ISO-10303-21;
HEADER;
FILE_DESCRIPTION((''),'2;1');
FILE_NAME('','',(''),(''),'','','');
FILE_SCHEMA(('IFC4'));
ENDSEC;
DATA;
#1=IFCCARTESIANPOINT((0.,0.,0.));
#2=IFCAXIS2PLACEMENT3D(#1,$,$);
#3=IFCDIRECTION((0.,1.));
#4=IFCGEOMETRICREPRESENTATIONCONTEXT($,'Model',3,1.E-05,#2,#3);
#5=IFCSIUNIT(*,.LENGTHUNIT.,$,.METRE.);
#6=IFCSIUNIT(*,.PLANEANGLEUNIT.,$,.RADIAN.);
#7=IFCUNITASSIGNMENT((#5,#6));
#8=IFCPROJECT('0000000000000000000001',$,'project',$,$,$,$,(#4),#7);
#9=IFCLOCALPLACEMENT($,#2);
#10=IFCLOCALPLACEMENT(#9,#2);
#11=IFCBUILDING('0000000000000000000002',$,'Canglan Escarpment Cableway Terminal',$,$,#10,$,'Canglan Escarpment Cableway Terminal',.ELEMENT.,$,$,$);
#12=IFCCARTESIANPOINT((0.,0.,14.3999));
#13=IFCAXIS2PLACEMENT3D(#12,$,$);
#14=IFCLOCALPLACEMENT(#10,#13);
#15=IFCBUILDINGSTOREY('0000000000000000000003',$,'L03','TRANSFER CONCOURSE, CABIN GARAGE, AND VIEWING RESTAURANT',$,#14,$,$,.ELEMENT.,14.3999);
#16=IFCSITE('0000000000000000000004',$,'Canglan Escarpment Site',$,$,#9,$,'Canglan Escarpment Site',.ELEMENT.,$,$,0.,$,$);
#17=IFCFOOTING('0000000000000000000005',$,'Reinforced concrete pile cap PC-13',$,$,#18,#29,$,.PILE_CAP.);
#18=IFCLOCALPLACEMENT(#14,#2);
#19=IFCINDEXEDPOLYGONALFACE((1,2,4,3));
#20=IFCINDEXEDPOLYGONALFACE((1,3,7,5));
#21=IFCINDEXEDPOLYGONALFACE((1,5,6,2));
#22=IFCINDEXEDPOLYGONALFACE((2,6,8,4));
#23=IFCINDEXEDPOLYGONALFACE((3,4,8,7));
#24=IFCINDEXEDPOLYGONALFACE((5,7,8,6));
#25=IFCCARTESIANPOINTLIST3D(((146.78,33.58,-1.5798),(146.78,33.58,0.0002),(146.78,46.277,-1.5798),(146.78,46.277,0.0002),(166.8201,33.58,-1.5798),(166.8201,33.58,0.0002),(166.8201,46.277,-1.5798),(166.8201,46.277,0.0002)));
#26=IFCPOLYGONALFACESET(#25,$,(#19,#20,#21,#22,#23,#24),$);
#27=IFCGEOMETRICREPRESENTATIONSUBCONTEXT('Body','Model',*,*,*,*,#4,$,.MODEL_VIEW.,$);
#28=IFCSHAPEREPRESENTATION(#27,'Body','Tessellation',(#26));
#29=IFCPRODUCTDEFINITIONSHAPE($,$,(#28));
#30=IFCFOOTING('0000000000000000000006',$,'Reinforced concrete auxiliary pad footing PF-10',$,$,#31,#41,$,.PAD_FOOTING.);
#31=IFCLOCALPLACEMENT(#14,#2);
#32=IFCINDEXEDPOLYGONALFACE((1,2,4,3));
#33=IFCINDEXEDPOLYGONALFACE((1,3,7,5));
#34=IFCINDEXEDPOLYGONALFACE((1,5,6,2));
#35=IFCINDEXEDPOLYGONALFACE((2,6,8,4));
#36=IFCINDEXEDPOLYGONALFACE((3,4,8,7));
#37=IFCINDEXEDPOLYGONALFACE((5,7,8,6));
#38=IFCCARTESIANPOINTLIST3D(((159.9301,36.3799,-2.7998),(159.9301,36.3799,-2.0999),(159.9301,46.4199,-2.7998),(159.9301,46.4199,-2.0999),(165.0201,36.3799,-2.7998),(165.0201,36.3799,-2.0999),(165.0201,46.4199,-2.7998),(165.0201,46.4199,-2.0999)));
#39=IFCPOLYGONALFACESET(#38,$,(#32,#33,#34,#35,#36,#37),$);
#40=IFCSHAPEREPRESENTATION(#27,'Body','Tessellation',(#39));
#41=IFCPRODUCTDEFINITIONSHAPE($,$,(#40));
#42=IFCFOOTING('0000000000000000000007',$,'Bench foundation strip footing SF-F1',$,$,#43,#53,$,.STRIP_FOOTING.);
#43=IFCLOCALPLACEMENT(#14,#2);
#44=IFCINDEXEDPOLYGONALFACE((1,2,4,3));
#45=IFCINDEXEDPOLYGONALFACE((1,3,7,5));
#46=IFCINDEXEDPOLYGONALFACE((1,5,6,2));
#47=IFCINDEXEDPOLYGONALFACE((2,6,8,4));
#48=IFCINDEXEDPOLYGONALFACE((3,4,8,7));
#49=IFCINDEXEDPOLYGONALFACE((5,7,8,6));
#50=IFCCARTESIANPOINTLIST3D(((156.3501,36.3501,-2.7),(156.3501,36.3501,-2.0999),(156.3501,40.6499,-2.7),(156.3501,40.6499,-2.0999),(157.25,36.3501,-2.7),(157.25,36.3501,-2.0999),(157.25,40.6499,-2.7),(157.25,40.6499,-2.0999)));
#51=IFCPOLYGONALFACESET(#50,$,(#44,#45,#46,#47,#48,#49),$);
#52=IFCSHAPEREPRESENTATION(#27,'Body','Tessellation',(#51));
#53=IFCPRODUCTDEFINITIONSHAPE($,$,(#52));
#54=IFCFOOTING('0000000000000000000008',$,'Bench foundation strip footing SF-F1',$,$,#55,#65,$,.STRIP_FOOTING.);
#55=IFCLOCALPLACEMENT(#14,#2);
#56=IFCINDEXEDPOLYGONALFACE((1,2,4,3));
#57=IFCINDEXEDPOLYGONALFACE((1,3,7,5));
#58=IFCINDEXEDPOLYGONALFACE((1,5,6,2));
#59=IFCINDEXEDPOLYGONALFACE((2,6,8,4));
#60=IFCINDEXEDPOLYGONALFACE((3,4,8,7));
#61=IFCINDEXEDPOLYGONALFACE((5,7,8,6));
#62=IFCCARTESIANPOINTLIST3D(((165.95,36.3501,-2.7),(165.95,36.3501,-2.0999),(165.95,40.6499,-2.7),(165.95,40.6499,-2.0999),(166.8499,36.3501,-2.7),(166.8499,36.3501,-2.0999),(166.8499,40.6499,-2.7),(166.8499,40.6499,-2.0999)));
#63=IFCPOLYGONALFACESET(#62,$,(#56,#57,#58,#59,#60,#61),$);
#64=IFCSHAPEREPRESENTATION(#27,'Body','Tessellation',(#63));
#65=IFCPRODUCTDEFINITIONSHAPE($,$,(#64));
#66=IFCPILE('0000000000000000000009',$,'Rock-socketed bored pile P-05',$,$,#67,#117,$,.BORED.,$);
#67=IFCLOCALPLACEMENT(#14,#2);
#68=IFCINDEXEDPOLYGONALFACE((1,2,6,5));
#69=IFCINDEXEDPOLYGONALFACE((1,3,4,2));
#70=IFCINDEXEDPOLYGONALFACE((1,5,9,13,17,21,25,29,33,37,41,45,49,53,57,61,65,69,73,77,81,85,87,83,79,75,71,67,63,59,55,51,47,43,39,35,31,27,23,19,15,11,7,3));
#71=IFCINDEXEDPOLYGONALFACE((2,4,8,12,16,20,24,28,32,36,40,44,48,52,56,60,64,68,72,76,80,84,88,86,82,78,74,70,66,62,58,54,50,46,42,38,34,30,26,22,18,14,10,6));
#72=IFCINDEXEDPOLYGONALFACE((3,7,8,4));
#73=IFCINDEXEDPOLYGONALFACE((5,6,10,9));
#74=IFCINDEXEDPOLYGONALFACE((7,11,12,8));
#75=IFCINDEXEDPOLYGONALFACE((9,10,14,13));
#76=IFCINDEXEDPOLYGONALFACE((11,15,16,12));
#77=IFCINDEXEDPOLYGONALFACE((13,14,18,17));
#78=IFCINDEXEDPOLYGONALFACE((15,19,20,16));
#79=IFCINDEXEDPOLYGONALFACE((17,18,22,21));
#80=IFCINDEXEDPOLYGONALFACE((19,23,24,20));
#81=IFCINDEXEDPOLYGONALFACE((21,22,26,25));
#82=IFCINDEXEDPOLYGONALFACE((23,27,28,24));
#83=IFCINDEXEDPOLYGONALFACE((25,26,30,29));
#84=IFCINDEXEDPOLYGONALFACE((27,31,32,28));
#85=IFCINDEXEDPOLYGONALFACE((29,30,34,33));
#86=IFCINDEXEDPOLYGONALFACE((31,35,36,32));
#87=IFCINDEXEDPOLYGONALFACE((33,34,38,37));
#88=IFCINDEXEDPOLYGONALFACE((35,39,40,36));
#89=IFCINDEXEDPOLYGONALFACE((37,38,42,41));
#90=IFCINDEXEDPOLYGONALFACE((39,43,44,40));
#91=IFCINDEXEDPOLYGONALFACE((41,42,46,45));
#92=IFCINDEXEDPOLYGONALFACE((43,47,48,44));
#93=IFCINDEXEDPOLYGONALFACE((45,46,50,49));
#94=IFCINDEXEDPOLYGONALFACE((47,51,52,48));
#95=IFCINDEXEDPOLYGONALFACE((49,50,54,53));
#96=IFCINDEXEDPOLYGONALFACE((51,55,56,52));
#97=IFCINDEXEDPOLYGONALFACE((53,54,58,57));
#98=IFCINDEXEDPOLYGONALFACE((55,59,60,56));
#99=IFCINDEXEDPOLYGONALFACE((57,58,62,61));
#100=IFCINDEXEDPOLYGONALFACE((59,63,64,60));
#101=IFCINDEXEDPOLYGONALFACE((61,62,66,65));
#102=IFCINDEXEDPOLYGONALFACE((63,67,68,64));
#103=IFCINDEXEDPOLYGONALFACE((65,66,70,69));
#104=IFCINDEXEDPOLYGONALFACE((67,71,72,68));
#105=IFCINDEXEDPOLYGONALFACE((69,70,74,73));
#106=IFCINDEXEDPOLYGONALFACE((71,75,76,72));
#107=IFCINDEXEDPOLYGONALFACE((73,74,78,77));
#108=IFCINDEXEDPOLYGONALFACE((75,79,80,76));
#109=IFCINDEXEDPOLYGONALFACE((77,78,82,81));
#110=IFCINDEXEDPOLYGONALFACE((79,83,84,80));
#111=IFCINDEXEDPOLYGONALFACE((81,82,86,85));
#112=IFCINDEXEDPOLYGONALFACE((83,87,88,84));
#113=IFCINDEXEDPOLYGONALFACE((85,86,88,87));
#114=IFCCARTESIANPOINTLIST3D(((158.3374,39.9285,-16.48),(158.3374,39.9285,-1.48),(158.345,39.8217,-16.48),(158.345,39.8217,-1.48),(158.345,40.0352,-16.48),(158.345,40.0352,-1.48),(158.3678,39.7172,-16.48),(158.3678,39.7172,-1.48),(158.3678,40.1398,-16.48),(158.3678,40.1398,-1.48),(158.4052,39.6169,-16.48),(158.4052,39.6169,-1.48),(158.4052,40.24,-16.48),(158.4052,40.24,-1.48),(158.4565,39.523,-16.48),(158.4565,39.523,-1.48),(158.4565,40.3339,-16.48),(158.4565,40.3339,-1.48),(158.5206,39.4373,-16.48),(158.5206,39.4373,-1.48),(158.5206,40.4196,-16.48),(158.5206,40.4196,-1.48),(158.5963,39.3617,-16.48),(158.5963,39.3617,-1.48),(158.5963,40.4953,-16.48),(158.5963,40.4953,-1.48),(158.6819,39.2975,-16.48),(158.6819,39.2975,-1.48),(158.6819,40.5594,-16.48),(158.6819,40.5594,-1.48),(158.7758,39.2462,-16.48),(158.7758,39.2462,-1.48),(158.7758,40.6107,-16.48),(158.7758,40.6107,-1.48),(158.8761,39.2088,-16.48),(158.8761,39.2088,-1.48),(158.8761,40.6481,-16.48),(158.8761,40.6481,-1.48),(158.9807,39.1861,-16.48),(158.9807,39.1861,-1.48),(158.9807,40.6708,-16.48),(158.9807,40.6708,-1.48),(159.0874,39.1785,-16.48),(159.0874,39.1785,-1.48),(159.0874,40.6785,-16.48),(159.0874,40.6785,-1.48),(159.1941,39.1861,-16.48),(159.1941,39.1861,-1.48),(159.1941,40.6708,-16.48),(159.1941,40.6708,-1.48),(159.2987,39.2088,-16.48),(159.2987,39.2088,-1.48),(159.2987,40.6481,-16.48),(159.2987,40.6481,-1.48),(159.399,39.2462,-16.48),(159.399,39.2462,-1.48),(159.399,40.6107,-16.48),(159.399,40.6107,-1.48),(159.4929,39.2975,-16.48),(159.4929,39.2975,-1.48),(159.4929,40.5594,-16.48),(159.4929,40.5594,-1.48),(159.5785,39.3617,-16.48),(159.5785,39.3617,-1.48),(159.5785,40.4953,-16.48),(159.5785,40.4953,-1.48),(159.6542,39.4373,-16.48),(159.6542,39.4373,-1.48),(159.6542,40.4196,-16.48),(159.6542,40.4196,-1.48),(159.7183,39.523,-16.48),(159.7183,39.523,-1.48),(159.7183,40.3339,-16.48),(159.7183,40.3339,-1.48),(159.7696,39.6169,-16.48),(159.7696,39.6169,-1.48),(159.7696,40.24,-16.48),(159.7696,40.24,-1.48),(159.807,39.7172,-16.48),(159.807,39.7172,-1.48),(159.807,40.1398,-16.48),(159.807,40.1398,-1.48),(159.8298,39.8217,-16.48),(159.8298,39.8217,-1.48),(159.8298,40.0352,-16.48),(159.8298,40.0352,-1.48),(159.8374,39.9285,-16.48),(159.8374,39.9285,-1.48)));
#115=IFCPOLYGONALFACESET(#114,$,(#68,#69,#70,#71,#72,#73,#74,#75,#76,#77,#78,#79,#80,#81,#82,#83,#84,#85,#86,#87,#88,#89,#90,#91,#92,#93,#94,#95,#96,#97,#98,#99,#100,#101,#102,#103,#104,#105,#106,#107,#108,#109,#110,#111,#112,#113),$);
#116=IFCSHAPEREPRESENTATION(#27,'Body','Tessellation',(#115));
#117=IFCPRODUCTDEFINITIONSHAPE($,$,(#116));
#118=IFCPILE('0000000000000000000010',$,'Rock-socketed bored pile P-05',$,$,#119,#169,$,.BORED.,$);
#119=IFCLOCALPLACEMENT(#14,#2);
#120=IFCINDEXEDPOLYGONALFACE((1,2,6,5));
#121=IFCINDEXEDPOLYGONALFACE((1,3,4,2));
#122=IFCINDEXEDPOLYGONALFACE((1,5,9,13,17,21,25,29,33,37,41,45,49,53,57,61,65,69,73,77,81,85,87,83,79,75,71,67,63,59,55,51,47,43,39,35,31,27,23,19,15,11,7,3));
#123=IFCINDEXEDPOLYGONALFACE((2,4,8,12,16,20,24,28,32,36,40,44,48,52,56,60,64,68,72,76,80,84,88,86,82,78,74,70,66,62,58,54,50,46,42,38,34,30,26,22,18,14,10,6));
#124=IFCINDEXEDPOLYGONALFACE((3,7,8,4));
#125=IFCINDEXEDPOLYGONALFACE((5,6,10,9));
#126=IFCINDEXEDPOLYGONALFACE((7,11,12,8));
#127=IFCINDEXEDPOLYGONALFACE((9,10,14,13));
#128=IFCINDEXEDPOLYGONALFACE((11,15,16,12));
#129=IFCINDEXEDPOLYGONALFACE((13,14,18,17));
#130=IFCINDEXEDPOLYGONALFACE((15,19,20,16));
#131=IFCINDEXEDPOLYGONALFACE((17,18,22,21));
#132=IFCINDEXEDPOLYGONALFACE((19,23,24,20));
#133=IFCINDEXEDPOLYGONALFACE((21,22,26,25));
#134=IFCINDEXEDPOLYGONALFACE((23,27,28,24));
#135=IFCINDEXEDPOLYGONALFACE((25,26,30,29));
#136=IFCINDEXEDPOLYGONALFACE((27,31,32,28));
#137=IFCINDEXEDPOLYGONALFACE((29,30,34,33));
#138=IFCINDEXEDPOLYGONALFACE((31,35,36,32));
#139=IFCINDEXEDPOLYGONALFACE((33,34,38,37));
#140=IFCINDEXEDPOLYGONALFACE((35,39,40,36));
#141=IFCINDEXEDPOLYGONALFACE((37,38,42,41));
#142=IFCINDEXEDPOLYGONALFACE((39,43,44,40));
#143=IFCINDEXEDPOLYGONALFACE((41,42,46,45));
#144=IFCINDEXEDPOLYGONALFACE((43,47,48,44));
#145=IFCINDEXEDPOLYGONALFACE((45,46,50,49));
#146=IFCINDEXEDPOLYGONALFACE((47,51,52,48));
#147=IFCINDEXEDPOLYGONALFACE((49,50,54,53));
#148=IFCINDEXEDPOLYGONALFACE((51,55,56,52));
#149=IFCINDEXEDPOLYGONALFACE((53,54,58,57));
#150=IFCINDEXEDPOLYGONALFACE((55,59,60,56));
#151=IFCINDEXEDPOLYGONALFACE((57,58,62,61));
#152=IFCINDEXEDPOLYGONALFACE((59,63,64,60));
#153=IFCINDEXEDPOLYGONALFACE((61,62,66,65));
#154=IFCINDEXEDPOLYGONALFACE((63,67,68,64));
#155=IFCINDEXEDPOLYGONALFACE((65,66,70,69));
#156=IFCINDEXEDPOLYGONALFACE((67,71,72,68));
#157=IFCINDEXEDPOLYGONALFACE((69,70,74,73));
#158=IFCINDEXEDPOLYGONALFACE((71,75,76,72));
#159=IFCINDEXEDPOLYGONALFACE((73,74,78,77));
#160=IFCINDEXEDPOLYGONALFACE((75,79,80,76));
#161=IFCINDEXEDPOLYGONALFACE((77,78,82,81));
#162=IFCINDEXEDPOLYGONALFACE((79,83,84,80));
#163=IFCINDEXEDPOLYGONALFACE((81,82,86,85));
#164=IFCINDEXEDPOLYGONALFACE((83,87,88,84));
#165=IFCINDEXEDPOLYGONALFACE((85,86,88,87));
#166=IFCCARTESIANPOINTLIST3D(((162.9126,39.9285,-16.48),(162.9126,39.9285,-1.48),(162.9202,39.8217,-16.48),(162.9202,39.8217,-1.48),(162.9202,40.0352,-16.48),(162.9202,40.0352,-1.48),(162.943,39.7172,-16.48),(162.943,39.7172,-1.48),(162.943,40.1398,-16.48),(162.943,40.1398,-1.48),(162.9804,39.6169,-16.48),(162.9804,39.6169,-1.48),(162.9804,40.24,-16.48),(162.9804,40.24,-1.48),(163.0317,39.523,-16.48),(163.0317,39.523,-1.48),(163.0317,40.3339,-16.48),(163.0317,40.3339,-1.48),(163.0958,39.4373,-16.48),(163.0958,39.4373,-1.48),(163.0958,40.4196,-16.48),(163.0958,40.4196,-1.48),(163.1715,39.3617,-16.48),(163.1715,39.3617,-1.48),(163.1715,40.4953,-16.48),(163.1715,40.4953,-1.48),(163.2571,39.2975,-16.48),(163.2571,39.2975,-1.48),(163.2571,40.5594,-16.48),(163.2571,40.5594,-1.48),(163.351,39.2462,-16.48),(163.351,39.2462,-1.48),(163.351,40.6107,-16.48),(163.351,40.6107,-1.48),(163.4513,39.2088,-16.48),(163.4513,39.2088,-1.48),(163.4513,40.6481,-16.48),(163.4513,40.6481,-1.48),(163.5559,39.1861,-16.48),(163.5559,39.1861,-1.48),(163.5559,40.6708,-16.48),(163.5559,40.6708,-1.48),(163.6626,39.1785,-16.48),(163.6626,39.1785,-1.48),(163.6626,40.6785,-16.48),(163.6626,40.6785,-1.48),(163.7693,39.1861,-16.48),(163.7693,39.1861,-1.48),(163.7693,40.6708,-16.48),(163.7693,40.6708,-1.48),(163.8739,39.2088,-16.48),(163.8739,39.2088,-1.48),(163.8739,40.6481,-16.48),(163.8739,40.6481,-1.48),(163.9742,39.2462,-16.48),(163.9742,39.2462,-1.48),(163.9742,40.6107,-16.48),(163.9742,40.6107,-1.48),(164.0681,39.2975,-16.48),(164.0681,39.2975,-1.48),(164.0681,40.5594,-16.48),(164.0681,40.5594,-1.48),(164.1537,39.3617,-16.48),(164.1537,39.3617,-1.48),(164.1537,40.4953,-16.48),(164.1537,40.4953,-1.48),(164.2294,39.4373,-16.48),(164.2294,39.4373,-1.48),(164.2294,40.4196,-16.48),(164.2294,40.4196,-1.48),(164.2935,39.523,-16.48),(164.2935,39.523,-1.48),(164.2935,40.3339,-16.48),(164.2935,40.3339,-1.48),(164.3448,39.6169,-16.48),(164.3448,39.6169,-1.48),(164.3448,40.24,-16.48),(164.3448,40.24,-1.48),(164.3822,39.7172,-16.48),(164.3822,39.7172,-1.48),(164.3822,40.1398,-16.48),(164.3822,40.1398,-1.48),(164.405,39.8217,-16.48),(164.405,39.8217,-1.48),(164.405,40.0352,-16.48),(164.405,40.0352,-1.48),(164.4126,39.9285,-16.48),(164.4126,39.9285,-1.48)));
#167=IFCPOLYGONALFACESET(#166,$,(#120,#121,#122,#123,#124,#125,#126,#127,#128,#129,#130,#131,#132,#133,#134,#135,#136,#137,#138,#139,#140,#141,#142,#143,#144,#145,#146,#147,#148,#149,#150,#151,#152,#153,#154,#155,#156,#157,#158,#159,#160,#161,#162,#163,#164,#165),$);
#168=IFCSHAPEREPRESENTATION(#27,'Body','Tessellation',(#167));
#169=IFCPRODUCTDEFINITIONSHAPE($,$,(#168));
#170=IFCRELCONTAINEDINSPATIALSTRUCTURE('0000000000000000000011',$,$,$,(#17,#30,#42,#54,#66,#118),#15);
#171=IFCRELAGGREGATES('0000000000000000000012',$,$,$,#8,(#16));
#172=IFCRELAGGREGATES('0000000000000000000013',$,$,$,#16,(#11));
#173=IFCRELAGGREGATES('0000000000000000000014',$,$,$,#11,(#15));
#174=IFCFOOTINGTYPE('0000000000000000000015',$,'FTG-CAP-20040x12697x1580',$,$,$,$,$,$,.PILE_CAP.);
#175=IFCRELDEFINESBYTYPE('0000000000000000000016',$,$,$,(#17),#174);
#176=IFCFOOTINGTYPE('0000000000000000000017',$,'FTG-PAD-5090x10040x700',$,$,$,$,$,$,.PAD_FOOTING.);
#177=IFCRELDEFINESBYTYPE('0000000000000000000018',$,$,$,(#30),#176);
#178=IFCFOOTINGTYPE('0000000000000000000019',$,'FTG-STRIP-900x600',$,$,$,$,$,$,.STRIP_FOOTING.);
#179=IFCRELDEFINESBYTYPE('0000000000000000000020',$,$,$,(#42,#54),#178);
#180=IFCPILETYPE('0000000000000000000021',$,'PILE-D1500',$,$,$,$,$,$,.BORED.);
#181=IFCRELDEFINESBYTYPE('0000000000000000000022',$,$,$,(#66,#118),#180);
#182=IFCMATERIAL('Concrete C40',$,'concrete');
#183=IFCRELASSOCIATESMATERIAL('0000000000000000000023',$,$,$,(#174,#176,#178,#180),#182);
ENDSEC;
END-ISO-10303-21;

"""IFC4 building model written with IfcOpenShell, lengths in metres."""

from ifc_helpers import new_model, si_unit, direction, frame, origin, origin_2d, place, context, subcontext, project, spatial, rectangle, circle, extrude, material, material_profile, profile_set, type_object, element, save


model = new_model("IFC4")

# Units and contexts
model_context = context("Model", 3, precision=1e-05, world=origin(), true_north=direction((0.0, 1.0)))
body_context = subcontext(model_context, "Body", "Model", "MODEL_VIEW")
ifc_project = project(units=[si_unit("LENGTHUNIT", "METRE"), si_unit("PLANEANGLEUNIT", "RADIAN")], contexts=[model_context])

# Site, building, storey
site_placement = place(None, origin())
site = spatial("IfcSite", under=ifc_project, at=site_placement, Name="Canglan Escarpment Site", LongName="Canglan Escarpment Site", CompositionType="ELEMENT", RefElevation=0.0)
building_placement = place(site_placement, origin())
building = spatial("IfcBuilding", under=site, at=building_placement, Name="Canglan Escarpment Cableway Terminal", LongName="Canglan Escarpment Cableway Terminal", CompositionType="ELEMENT")
storey_placement = place(building_placement, frame((0.0, 0.0, 14.3999)))
storey = spatial("IfcBuildingStorey", under=building, at=storey_placement, Name="L03", Description="TRANSFER CONCOURSE, CABIN GARAGE, AND VIEWING RESTAURANT", CompositionType="ELEMENT", Elevation=14.3999)

# Footings
ifc_material_1 = material(Name="Concrete C40", Category="concrete")
footing_type_1 = type_object("IfcFootingType", Name="FTG-CAP-20040x12697x1580", PredefinedType="PILE_CAP", material=ifc_material_1)
footing_1_placement = place(storey_placement, frame((156.8, 39.9285, -1.5798), z_axis=(0.0, 0.0, 1.0), x_axis=(1.0, 0.0, 0.0)))
element("IfcFooting", 1, at=footing_1_placement, inside=storey, type_object=footing_type_1, Name="Reinforced concrete pile cap PC-13", PredefinedType="PILE_CAP", context=body_context, shape_type="SweptSolid", body=[
    extrude(rectangle(XDim=20.04, YDim=12.697, at=origin_2d()), origin(), (0.0, 0.0, 1.0), 1.5801),
])
footing_type_2 = type_object("IfcFootingType", Name="FTG-PAD-5090x10040x700", PredefinedType="PAD_FOOTING", material=ifc_material_1)
footing_2_placement = place(storey_placement, frame((162.4751, 41.3999, -2.7998), z_axis=(0.0, 0.0, 1.0), x_axis=(1.0, 0.0, 0.0)))
element("IfcFooting", 2, at=footing_2_placement, inside=storey, type_object=footing_type_2, Name="Reinforced concrete auxiliary pad footing PF-10", PredefinedType="PAD_FOOTING", context=body_context, shape_type="SweptSolid", body=[
    extrude(rectangle(XDim=5.0901, YDim=10.04, at=origin_2d()), origin(), (0.0, 0.0, 1.0), 0.7),
])
ifc_material_profile_1 = material_profile(ifc_material_1, rectangle(XDim=0.8999, YDim=0.6001, at=origin_2d()), Name="SF 900x600")
ifc_profile_set_1 = profile_set([ifc_material_profile_1], Name="Concrete C40")
footing_type_3 = type_object("IfcFootingType", Name="FTG-STRIP-900x600", PredefinedType="STRIP_FOOTING", material=ifc_profile_set_1)
for number, where, z_axis, x_axis, name in (
    (3, (156.8, 36.3501, -2.3999), (0.0, 1.0, 0.0), (-1.0, 0.0, 0.0), "Bench foundation strip footing SF-F1"),
    (4, (166.3999, 36.3501, -2.3999), (0.0, 1.0, 0.0), (-1.0, 0.0, 0.0), "Bench foundation strip footing SF-F1"),
):
    element("IfcFooting", number, at=place(storey_placement, frame(where, z_axis=z_axis, x_axis=x_axis)), inside=storey, type_object=footing_type_3, Name=name, PredefinedType="STRIP_FOOTING", context=body_context, shape_type="SweptSolid", body=[
        extrude(rectangle(XDim=0.8999, YDim=0.6001, at=origin_2d()), origin(), (0.0, 0.0, 1.0), 4.2998),
    ])

# Piles
ifc_material_profile_2 = material_profile(ifc_material_1, circle(Radius=0.75, at=origin_2d()), Name="BORED PILE D1500")
ifc_profile_set_2 = profile_set([ifc_material_profile_2], Name="Concrete C40")
pile_type = type_object("IfcPileType", Name="PILE-D1500", PredefinedType="BORED", material=ifc_profile_set_2)
for number, where, z_axis, x_axis, name in (
    (5, (159.0874, 39.9285, -1.48), (0.0, 0.0, -1.0), (1.0, 0.0, 0.0), "Rock-socketed bored pile P-05"),
    (6, (163.6626, 39.9285, -1.48), (0.0, 0.0, -1.0), (1.0, 0.0, 0.0), "Rock-socketed bored pile P-05"),
):
    element("IfcPile", number, at=place(storey_placement, frame(where, z_axis=z_axis, x_axis=x_axis)), inside=storey, type_object=pile_type, Name=name, PredefinedType="BORED", context=body_context, shape_type="SweptSolid", body=[
        extrude(circle(Radius=0.75, at=origin_2d()), origin(), (0.0, 0.0, 1.0), 15.0),
    ])

save(model, "model.ifc")
